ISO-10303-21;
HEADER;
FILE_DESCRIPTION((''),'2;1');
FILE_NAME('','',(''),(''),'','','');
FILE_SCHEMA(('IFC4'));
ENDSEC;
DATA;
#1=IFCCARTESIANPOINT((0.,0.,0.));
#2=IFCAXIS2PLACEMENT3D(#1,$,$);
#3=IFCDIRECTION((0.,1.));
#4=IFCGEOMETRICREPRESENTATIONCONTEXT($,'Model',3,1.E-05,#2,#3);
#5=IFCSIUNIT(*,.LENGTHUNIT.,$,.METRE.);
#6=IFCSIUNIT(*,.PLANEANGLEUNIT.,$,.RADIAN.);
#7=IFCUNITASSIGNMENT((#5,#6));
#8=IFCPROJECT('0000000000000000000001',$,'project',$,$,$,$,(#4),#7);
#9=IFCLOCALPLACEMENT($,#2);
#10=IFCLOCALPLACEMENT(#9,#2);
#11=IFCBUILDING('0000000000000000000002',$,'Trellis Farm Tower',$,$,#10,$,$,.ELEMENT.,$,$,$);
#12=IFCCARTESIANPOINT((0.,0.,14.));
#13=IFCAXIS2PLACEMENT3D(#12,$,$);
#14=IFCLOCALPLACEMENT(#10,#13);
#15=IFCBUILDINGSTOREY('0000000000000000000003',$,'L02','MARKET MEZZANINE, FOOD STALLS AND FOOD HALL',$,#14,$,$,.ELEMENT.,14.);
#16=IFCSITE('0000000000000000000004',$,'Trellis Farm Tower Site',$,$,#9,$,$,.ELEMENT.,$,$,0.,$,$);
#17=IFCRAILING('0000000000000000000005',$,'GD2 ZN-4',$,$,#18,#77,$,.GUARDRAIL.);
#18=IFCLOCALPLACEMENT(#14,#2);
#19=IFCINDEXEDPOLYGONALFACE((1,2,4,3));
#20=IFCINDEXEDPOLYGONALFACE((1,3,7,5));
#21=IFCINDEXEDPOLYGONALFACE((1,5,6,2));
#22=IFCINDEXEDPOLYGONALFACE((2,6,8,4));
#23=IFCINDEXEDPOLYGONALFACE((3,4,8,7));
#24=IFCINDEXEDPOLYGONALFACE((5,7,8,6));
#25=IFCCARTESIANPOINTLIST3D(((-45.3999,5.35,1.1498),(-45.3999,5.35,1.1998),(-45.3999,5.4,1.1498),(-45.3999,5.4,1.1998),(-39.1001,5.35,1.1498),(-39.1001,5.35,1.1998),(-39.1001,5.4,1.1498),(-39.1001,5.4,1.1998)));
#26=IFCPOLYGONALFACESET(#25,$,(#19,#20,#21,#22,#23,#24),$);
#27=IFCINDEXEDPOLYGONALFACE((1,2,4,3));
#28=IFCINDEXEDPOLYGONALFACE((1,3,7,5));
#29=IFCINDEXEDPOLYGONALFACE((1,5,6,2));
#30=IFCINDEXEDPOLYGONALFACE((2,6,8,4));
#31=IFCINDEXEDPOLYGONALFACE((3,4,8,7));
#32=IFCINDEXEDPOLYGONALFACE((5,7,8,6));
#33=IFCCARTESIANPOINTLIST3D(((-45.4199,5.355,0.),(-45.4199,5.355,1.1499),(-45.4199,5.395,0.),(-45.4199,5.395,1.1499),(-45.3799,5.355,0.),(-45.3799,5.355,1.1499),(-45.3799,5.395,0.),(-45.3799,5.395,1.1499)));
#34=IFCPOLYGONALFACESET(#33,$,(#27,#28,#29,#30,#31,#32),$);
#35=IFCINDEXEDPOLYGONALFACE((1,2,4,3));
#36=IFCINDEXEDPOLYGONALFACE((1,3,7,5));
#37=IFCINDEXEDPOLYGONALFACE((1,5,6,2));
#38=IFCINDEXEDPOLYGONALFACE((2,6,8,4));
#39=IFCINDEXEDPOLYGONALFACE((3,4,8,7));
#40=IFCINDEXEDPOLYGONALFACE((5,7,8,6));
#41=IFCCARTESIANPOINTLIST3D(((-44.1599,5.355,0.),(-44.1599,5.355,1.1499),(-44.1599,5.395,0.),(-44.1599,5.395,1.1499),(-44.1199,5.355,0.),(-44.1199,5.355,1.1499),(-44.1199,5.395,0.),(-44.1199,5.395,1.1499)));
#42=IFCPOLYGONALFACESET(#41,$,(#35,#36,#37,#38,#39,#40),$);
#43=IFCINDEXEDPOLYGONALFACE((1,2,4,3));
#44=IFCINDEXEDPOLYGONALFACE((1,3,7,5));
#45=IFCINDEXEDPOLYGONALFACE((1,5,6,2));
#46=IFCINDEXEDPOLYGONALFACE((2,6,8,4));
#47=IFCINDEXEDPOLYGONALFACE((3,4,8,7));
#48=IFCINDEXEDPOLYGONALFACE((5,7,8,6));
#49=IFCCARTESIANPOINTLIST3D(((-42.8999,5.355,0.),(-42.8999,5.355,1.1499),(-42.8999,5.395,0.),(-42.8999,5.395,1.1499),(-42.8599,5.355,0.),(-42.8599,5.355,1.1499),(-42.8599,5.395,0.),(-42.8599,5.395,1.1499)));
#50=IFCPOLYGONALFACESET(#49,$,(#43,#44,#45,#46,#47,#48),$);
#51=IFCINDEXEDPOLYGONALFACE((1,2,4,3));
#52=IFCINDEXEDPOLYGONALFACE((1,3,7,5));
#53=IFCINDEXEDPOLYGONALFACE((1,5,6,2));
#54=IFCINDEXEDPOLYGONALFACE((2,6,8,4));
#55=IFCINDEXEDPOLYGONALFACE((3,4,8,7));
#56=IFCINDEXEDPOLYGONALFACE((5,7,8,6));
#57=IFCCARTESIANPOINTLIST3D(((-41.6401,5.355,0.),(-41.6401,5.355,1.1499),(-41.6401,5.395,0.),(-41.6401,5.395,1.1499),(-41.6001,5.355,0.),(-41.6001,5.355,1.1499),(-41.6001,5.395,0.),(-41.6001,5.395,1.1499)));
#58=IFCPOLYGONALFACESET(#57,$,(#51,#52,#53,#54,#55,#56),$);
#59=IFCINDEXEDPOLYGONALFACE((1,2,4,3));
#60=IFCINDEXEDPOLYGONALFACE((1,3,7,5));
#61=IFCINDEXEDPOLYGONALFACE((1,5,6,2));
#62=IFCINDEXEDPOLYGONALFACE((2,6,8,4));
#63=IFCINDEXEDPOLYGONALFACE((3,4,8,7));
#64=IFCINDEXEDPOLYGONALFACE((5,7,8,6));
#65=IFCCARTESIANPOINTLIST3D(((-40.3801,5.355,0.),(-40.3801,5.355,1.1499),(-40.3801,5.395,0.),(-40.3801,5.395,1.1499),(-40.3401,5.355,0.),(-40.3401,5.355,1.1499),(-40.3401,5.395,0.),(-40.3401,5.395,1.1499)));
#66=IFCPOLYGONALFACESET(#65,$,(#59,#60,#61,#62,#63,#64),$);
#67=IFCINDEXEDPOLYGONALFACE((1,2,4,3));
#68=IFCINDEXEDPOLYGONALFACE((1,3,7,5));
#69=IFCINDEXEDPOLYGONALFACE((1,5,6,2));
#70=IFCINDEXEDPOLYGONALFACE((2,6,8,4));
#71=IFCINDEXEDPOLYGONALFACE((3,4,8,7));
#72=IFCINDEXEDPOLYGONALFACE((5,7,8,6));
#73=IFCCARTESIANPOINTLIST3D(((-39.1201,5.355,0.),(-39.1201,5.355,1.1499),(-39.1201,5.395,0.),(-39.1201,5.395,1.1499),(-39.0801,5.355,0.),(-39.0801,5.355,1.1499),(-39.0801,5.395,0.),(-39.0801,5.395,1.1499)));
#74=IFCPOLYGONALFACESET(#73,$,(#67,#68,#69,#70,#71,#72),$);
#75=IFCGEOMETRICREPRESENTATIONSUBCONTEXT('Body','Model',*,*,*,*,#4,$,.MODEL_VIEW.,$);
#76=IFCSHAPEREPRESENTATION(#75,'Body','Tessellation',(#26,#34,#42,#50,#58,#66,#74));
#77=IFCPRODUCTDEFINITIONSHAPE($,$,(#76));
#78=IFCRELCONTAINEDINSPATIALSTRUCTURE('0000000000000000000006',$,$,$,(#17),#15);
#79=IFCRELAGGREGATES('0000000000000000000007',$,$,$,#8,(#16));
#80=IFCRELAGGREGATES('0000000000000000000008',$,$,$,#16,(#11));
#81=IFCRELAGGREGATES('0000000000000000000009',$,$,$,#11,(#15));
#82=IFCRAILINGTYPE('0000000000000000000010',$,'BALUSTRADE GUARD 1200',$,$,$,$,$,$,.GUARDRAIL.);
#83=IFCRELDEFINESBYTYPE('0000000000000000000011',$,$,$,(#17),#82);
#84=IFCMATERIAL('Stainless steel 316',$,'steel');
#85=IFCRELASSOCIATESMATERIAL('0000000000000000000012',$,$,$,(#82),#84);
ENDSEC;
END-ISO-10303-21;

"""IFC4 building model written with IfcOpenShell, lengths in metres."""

from ifc_helpers import new_model, si_unit, direction, frame, origin, origin_2d, place, context, subcontext, project, spatial, rectangle, extrude, source, transform, mapped, material, type_object, element, save


model = new_model("IFC4")

# Units and contexts
model_context = context("Model", 3, precision=1e-05, world=origin(), true_north=direction((0.0, 1.0)))
body_context = subcontext(model_context, "Body", "Model", "MODEL_VIEW")
ifc_project = project(units=[si_unit("LENGTHUNIT", "METRE"), si_unit("PLANEANGLEUNIT", "RADIAN")], contexts=[model_context])

# Site, building, storey
site_placement = place(None, origin())
site = spatial("IfcSite", under=ifc_project, at=site_placement, Name="Trellis Farm Tower Site", CompositionType="ELEMENT", RefElevation=0.0)
building_placement = place(site_placement, origin())
building = spatial("IfcBuilding", under=site, at=building_placement, Name="Trellis Farm Tower", CompositionType="ELEMENT")
storey_placement = place(building_placement, frame((0.0, 0.0, 14.0)))
storey = spatial("IfcBuildingStorey", under=building, at=storey_placement, Name="L02", Description="MARKET MEZZANINE, FOOD STALLS AND FOOD HALL", CompositionType="ELEMENT", Elevation=14.0)

# Railing
ifc_material_1 = material(Name="Stainless steel 316", Category="steel")
railing_type = type_object("IfcRailingType", Name="BALUSTRADE GUARD 1200", PredefinedType="GUARDRAIL", material=ifc_material_1)
shared_shape_1 = source(origin(), body_context, "Body", "SweptSolid", [
    extrude(rectangle(XDim=0.05, YDim=0.05, at=origin_2d()), frame((0.0, 0.0, 1.1748), z_axis=(1.0, 0.0, 0.0), x_axis=(0.0, 1.0, 0.0)), (0.0, 0.0, 1.0), 6.2998),
    extrude(rectangle(XDim=0.04, YDim=0.04, at=origin_2d()), origin(), (0.0, 0.0, 1.0), 1.1499),
    extrude(rectangle(XDim=0.04, YDim=0.04, at=origin_2d()), frame((1.26, 0.0, 0.0)), (0.0, 0.0, 1.0), 1.1499),
    extrude(rectangle(XDim=0.04, YDim=0.04, at=origin_2d()), frame((2.52, 0.0, 0.0)), (0.0, 0.0, 1.0), 1.1499),
    extrude(rectangle(XDim=0.04, YDim=0.04, at=origin_2d()), frame((3.7798, 0.0, 0.0)), (0.0, 0.0, 1.0), 1.1499),
    extrude(rectangle(XDim=0.04, YDim=0.04, at=origin_2d()), frame((5.0398, 0.0, 0.0)), (0.0, 0.0, 1.0), 1.1499),
    extrude(rectangle(XDim=0.04, YDim=0.04, at=origin_2d()), frame((6.2998, 0.0, 0.0)), (0.0, 0.0, 1.0), 1.1499),
])
railing_placement = place(storey_placement, frame((-45.3999, 5.375, 0.0)))
element("IfcRailing", 1, at=railing_placement, inside=storey, type_object=railing_type, Name="GD2 ZN-4", PredefinedType="GUARDRAIL", context=body_context, shape_type="MappedRepresentation", body=[
    mapped(shared_shape_1, transform((0.0, 0.0, 0.0))),
])

save(model, "model.ifc")
